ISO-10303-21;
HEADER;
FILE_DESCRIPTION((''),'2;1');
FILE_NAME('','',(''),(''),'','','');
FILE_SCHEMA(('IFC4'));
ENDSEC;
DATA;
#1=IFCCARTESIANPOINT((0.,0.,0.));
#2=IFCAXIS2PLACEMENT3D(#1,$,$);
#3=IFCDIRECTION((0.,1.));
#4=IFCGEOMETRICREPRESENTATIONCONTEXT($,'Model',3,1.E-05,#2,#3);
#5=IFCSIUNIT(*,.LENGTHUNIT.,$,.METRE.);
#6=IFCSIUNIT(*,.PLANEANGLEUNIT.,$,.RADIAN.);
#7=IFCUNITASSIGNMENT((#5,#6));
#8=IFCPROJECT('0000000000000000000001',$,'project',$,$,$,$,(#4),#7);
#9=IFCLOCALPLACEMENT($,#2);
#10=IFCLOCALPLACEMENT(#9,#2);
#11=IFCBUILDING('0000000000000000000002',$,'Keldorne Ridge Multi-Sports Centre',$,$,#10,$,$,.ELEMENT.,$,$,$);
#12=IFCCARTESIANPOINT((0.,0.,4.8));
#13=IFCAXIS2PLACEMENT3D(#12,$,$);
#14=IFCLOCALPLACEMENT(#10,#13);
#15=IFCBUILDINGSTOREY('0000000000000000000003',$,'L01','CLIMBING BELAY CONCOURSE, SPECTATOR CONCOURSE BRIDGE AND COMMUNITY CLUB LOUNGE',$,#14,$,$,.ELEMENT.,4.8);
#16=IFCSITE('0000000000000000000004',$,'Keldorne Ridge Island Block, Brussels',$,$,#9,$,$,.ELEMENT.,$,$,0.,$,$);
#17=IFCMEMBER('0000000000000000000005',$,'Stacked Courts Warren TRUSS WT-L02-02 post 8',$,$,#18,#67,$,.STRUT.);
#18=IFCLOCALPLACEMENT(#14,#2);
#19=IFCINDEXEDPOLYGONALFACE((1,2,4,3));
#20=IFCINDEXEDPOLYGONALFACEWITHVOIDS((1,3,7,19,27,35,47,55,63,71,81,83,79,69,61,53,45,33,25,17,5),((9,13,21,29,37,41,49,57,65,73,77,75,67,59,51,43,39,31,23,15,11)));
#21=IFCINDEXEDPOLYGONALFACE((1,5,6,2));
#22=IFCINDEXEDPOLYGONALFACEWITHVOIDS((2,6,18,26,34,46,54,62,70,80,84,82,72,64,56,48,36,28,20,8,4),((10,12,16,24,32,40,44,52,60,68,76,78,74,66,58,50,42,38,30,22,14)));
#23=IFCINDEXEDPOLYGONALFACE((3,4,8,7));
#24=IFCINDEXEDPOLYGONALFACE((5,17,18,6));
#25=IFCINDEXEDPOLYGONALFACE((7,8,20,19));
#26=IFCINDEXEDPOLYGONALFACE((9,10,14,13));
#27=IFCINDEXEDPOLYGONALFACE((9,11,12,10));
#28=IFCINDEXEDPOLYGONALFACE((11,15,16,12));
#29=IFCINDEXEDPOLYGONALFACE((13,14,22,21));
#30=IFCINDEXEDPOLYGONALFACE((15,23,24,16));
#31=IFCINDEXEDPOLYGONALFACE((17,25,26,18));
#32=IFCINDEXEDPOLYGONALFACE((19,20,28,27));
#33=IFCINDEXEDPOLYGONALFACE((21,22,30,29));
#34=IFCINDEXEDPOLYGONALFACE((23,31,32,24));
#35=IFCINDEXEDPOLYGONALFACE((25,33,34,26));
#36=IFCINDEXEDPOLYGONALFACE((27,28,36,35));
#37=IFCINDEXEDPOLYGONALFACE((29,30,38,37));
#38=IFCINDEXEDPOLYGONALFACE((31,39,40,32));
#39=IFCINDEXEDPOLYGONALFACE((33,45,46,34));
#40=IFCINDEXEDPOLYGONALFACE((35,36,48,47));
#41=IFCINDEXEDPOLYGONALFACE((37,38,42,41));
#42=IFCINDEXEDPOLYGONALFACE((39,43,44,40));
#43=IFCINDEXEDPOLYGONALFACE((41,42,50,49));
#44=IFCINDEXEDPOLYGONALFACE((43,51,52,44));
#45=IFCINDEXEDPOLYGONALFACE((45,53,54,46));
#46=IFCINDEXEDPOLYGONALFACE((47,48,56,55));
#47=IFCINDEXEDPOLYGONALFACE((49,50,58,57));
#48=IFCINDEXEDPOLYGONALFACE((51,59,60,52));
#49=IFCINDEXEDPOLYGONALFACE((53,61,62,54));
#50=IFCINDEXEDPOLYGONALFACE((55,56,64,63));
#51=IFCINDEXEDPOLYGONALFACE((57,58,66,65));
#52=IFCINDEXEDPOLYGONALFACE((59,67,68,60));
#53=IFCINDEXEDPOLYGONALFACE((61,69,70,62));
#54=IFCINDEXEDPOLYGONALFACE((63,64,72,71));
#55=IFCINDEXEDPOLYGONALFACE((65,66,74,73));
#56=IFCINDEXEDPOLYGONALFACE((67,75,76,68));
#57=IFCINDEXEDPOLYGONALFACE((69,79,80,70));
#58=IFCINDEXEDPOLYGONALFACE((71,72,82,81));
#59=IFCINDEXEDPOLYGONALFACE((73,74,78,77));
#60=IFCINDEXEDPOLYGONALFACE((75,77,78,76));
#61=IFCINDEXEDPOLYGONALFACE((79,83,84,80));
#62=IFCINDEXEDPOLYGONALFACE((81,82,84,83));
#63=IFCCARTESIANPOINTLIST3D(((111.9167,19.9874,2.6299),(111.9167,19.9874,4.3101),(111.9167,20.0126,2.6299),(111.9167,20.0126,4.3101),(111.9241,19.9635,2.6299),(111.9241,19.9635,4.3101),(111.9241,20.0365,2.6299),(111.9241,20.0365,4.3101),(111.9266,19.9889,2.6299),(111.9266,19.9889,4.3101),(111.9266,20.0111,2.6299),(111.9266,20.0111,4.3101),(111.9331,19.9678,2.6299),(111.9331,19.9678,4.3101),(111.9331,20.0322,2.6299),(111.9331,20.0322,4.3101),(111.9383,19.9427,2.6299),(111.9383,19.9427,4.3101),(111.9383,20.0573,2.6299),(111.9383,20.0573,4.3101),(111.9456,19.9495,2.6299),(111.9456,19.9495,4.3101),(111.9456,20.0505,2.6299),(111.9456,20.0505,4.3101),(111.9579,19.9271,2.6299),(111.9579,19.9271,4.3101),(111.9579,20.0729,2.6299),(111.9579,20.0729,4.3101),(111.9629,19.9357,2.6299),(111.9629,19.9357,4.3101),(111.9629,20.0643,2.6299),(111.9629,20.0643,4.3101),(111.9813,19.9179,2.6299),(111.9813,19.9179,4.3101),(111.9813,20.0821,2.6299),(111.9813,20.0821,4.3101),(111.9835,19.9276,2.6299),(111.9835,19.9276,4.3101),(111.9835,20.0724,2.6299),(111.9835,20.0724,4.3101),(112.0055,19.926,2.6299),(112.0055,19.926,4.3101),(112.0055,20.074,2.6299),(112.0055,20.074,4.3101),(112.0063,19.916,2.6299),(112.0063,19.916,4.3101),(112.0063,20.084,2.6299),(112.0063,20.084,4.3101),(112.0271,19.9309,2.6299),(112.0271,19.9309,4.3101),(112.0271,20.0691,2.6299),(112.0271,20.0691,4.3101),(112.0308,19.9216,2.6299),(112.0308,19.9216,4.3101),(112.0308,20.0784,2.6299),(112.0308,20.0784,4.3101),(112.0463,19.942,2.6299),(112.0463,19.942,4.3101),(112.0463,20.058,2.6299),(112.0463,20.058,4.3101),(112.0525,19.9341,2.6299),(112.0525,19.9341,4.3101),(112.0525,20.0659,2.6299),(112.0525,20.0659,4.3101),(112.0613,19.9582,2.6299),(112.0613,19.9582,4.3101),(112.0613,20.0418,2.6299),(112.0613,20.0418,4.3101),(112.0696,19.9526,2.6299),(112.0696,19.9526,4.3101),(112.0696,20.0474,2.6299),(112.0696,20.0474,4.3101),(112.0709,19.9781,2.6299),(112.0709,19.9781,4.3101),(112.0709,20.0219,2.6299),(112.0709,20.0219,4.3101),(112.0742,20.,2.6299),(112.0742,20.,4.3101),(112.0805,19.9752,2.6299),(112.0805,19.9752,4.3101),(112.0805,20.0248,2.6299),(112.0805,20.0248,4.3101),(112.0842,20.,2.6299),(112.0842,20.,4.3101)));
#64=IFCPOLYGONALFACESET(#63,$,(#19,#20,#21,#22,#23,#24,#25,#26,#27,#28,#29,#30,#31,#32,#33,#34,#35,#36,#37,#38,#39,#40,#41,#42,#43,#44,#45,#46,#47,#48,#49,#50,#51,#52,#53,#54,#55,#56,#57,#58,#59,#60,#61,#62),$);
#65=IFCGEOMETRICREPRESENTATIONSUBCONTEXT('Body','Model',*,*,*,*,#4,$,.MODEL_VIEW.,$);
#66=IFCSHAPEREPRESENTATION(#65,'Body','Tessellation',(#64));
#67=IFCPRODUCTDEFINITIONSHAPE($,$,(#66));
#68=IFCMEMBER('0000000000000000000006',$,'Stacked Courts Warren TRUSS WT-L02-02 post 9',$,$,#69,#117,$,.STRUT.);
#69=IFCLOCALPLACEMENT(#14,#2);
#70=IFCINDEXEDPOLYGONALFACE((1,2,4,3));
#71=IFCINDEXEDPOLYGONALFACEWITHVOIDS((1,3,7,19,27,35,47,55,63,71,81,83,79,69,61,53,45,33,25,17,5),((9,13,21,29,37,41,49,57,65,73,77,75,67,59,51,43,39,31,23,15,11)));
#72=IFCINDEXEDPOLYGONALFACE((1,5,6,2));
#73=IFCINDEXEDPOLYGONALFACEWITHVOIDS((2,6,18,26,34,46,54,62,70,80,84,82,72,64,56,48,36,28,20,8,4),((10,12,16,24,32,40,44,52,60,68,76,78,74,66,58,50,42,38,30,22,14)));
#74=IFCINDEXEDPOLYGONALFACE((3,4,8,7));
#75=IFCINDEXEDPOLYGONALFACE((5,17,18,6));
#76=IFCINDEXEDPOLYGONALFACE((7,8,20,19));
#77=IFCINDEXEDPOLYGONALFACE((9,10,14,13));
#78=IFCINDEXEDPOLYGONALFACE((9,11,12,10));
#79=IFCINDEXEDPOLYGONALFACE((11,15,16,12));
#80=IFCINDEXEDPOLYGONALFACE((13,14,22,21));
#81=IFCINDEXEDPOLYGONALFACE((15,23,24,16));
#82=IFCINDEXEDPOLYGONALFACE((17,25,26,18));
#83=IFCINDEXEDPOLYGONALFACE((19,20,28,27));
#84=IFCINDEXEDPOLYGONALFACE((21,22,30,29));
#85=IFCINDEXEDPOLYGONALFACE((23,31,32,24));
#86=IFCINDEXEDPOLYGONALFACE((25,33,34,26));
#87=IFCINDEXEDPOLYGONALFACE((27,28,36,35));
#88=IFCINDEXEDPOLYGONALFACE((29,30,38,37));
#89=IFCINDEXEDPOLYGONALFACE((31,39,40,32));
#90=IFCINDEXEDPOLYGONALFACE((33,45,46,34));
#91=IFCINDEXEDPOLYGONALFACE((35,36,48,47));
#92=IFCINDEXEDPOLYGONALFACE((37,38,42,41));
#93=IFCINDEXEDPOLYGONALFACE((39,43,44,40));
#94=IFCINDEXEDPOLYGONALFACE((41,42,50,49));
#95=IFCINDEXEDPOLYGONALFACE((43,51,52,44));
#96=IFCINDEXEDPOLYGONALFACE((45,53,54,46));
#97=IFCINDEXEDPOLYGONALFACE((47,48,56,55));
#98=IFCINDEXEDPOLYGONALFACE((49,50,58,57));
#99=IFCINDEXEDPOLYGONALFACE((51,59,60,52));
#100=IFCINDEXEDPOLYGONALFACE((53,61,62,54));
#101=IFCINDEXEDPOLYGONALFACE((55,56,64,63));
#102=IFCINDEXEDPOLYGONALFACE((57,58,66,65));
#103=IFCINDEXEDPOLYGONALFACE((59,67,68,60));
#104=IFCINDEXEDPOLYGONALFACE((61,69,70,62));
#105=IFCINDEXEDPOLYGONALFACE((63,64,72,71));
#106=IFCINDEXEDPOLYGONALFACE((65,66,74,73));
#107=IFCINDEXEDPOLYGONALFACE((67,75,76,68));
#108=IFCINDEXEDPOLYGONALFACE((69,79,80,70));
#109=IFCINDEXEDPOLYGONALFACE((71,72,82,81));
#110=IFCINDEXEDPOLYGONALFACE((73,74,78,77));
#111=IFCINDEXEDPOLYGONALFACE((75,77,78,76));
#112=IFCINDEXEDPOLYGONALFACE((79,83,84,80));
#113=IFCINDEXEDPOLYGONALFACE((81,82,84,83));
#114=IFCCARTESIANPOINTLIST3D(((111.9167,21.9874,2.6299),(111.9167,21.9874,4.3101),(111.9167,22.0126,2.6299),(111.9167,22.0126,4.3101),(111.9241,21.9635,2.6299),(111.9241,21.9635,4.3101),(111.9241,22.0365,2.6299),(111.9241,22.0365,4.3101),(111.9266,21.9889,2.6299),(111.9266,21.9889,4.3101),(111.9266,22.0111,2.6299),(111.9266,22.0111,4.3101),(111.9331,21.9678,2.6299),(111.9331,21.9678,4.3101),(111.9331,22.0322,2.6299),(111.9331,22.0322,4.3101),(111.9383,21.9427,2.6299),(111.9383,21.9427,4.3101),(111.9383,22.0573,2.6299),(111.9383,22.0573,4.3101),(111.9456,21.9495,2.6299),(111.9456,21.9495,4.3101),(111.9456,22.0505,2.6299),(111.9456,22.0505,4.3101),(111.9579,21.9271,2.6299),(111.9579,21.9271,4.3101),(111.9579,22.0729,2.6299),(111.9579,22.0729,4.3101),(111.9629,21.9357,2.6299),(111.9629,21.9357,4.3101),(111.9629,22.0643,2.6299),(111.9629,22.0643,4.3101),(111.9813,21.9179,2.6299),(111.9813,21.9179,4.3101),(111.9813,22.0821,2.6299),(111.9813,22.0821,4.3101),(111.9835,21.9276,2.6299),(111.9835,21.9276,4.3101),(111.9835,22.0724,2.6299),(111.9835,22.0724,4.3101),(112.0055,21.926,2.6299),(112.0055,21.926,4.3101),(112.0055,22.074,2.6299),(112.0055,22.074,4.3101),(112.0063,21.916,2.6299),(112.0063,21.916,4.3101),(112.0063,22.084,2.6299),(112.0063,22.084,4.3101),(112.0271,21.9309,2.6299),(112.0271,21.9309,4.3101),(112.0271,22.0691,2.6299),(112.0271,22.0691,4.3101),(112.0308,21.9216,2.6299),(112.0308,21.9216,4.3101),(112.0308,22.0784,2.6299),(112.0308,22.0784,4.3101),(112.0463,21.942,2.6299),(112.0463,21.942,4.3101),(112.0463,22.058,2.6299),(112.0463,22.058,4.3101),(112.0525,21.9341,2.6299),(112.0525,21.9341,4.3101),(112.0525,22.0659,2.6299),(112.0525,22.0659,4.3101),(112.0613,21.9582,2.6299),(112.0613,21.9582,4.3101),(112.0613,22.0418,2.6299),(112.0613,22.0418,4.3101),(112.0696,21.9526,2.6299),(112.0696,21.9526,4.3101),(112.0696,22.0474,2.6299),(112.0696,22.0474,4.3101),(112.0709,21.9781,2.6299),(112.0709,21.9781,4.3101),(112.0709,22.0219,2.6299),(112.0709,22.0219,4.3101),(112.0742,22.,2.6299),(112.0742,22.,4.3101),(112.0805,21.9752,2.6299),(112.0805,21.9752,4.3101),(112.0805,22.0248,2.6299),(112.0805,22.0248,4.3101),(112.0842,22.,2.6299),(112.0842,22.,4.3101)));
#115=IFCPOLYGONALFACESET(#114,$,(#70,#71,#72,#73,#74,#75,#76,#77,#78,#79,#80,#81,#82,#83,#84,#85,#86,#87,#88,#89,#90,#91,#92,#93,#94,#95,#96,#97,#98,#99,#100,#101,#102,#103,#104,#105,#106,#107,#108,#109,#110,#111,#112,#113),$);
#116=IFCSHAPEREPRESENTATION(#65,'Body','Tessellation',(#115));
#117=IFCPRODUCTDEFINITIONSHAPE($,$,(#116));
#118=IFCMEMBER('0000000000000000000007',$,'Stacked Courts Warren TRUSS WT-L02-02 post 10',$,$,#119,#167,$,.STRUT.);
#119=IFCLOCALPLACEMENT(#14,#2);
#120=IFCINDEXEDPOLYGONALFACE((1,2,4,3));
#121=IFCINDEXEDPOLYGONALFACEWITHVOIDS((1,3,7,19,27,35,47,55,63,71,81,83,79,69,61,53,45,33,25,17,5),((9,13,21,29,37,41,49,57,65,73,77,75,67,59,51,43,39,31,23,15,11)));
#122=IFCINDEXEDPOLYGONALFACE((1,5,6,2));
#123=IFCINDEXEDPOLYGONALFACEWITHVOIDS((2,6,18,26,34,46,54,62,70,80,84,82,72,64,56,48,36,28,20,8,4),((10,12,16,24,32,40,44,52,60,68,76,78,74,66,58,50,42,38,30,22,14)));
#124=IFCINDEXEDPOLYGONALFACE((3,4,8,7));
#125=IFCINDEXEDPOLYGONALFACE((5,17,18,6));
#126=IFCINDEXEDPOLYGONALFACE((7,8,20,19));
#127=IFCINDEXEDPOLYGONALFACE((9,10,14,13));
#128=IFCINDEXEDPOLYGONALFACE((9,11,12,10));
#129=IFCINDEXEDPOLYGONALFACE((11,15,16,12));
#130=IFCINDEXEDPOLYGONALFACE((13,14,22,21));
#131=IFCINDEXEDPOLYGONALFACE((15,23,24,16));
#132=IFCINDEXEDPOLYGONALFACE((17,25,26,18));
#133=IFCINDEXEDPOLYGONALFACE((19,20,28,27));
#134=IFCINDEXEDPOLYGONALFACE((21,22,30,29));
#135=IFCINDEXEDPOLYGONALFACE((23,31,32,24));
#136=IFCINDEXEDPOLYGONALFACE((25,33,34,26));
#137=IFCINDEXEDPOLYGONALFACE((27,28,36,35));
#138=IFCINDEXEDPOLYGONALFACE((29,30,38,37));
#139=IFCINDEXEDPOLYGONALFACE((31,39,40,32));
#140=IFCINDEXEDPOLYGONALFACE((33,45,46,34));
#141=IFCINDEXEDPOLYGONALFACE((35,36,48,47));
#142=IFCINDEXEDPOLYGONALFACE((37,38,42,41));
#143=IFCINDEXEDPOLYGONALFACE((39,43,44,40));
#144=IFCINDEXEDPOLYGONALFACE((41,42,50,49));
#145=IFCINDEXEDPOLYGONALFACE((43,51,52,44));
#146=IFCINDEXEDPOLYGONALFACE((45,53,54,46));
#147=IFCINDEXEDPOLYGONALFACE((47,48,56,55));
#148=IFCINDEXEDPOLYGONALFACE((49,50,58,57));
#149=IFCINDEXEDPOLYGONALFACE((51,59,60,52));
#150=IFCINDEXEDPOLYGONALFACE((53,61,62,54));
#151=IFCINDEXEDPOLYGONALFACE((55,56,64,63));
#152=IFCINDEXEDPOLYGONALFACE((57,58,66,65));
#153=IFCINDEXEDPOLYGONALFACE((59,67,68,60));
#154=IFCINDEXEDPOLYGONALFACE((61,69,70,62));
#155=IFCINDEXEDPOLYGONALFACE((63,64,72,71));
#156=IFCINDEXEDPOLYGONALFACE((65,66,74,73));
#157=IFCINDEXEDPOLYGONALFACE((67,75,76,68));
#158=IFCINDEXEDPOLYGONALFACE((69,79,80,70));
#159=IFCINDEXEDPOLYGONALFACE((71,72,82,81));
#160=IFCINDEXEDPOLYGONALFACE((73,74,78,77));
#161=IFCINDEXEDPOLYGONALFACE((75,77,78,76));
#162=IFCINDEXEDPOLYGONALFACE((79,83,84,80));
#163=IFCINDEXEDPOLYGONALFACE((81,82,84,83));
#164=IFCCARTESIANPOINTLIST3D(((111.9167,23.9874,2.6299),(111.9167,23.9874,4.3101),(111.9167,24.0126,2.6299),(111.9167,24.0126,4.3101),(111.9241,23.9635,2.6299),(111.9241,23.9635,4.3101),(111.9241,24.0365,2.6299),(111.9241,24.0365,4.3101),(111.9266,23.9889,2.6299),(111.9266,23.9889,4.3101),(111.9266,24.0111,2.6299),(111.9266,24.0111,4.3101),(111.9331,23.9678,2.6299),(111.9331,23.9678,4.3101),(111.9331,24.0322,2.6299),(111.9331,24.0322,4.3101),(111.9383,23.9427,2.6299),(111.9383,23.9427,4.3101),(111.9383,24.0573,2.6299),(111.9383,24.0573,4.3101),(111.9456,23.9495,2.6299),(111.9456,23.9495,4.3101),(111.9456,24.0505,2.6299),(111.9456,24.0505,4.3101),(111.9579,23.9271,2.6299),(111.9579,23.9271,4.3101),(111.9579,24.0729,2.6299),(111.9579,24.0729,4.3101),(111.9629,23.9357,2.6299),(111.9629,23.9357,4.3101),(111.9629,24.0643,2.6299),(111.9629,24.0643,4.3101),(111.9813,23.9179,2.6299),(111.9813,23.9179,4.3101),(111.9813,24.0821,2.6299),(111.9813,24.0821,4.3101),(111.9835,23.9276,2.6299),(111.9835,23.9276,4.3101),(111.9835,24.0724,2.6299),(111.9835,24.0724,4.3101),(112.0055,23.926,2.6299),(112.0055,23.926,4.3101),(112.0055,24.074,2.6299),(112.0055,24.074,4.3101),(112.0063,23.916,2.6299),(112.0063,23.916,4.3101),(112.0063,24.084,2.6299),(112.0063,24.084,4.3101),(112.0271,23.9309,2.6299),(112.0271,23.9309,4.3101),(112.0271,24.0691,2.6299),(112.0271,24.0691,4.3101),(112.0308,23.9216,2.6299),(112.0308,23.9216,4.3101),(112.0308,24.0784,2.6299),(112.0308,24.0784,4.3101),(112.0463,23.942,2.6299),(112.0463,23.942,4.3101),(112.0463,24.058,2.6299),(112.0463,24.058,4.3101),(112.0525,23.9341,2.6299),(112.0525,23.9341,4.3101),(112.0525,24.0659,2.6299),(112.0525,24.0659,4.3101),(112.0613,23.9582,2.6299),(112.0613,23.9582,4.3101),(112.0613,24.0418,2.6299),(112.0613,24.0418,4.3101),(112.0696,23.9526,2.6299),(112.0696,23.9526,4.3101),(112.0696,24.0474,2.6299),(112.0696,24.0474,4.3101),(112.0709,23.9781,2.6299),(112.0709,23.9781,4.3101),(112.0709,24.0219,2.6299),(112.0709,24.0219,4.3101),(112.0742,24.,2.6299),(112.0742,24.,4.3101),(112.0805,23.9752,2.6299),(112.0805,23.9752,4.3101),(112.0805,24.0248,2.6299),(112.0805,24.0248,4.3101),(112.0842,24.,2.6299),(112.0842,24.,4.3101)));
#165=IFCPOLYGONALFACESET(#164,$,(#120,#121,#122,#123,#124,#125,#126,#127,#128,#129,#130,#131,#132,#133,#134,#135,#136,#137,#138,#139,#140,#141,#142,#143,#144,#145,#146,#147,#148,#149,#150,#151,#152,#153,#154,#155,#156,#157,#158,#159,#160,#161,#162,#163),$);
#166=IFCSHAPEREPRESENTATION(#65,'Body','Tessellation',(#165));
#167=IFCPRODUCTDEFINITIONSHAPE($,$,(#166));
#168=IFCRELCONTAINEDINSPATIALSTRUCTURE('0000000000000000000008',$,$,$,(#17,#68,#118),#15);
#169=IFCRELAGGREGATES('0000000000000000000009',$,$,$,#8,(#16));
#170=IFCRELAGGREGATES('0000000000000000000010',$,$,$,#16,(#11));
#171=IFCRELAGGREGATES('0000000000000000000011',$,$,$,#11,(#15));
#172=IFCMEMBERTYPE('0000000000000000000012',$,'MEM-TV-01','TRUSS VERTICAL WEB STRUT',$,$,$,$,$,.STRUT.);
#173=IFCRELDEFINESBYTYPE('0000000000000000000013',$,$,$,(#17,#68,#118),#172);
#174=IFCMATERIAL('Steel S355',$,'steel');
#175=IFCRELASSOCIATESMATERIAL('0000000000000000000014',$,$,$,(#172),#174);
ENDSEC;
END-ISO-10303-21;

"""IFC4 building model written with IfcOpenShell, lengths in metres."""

from ifc_helpers import new_model, si_unit, direction, frame, origin, origin_2d, place, context, subcontext, project, spatial, hollow_circle, extrude, material, material_profile, profile_set, type_object, element, save


model = new_model("IFC4")

# Units and contexts
model_context = context("Model", 3, precision=1e-05, world=origin(), true_north=direction((0.0, 1.0)))
body_context = subcontext(model_context, "Body", "Model", "MODEL_VIEW")
ifc_project = project(units=[si_unit("LENGTHUNIT", "METRE"), si_unit("PLANEANGLEUNIT", "RADIAN")], contexts=[model_context])

# Site, building, storey
site_placement = place(None, origin())
site = spatial("IfcSite", under=ifc_project, at=site_placement, Name="Keldorne Ridge Island Block, Brussels", CompositionType="ELEMENT", RefElevation=0.0)
building_placement = place(site_placement, origin())
building = spatial("IfcBuilding", under=site, at=building_placement, Name="Keldorne Ridge Multi-Sports Centre", CompositionType="ELEMENT")
storey_placement = place(building_placement, frame((0.0, 0.0, 4.8)))
storey = spatial("IfcBuildingStorey", under=building, at=storey_placement, Name="L01", Description="CLIMBING BELAY CONCOURSE, SPECTATOR CONCOURSE BRIDGE AND COMMUNITY CLUB LOUNGE", CompositionType="ELEMENT", Elevation=4.8)

# Members
ifc_material_1 = material(Name="Steel S355", Category="steel")
ifc_material_profile_1 = material_profile(ifc_material_1, hollow_circle(Radius=0.0842, WallThickness=0.01, at=origin_2d()), Name="CHS 168.3x10")
ifc_profile_set_1 = profile_set([ifc_material_profile_1], Name="Steel S355")
member_type_1 = type_object("IfcMemberType", Name="MEM-TV-01", Description="TRUSS VERTICAL WEB STRUT", PredefinedType="STRUT", material=ifc_profile_set_1)
for number, where, z_axis, x_axis, name in (
    (1, (112.0, 20.0, 2.6299), (0.0, 0.0, 1.0), (1.0, 0.0, 0.0), "Stacked Courts Warren TRUSS WT-L02-02 post 8"),
    (2, (112.0, 22.0, 2.6299), (0.0, 0.0, 1.0), (1.0, 0.0, 0.0), "Stacked Courts Warren TRUSS WT-L02-02 post 9"),
    (3, (112.0, 24.0, 2.6299), (0.0, 0.0, 1.0), (1.0, 0.0, 0.0), "Stacked Courts Warren TRUSS WT-L02-02 post 10"),
):
    element("IfcMember", number, at=place(storey_placement, frame(where, z_axis=z_axis, x_axis=x_axis)), inside=storey, type_object=member_type_1, Name=name, PredefinedType="STRUT", context=body_context, shape_type="SweptSolid", body=[
        extrude(hollow_circle(Radius=0.0842, WallThickness=0.01, at=origin_2d()), origin(), (0.0, 0.0, 1.0), 1.6802),
    ])

save(model, "model.ifc")
